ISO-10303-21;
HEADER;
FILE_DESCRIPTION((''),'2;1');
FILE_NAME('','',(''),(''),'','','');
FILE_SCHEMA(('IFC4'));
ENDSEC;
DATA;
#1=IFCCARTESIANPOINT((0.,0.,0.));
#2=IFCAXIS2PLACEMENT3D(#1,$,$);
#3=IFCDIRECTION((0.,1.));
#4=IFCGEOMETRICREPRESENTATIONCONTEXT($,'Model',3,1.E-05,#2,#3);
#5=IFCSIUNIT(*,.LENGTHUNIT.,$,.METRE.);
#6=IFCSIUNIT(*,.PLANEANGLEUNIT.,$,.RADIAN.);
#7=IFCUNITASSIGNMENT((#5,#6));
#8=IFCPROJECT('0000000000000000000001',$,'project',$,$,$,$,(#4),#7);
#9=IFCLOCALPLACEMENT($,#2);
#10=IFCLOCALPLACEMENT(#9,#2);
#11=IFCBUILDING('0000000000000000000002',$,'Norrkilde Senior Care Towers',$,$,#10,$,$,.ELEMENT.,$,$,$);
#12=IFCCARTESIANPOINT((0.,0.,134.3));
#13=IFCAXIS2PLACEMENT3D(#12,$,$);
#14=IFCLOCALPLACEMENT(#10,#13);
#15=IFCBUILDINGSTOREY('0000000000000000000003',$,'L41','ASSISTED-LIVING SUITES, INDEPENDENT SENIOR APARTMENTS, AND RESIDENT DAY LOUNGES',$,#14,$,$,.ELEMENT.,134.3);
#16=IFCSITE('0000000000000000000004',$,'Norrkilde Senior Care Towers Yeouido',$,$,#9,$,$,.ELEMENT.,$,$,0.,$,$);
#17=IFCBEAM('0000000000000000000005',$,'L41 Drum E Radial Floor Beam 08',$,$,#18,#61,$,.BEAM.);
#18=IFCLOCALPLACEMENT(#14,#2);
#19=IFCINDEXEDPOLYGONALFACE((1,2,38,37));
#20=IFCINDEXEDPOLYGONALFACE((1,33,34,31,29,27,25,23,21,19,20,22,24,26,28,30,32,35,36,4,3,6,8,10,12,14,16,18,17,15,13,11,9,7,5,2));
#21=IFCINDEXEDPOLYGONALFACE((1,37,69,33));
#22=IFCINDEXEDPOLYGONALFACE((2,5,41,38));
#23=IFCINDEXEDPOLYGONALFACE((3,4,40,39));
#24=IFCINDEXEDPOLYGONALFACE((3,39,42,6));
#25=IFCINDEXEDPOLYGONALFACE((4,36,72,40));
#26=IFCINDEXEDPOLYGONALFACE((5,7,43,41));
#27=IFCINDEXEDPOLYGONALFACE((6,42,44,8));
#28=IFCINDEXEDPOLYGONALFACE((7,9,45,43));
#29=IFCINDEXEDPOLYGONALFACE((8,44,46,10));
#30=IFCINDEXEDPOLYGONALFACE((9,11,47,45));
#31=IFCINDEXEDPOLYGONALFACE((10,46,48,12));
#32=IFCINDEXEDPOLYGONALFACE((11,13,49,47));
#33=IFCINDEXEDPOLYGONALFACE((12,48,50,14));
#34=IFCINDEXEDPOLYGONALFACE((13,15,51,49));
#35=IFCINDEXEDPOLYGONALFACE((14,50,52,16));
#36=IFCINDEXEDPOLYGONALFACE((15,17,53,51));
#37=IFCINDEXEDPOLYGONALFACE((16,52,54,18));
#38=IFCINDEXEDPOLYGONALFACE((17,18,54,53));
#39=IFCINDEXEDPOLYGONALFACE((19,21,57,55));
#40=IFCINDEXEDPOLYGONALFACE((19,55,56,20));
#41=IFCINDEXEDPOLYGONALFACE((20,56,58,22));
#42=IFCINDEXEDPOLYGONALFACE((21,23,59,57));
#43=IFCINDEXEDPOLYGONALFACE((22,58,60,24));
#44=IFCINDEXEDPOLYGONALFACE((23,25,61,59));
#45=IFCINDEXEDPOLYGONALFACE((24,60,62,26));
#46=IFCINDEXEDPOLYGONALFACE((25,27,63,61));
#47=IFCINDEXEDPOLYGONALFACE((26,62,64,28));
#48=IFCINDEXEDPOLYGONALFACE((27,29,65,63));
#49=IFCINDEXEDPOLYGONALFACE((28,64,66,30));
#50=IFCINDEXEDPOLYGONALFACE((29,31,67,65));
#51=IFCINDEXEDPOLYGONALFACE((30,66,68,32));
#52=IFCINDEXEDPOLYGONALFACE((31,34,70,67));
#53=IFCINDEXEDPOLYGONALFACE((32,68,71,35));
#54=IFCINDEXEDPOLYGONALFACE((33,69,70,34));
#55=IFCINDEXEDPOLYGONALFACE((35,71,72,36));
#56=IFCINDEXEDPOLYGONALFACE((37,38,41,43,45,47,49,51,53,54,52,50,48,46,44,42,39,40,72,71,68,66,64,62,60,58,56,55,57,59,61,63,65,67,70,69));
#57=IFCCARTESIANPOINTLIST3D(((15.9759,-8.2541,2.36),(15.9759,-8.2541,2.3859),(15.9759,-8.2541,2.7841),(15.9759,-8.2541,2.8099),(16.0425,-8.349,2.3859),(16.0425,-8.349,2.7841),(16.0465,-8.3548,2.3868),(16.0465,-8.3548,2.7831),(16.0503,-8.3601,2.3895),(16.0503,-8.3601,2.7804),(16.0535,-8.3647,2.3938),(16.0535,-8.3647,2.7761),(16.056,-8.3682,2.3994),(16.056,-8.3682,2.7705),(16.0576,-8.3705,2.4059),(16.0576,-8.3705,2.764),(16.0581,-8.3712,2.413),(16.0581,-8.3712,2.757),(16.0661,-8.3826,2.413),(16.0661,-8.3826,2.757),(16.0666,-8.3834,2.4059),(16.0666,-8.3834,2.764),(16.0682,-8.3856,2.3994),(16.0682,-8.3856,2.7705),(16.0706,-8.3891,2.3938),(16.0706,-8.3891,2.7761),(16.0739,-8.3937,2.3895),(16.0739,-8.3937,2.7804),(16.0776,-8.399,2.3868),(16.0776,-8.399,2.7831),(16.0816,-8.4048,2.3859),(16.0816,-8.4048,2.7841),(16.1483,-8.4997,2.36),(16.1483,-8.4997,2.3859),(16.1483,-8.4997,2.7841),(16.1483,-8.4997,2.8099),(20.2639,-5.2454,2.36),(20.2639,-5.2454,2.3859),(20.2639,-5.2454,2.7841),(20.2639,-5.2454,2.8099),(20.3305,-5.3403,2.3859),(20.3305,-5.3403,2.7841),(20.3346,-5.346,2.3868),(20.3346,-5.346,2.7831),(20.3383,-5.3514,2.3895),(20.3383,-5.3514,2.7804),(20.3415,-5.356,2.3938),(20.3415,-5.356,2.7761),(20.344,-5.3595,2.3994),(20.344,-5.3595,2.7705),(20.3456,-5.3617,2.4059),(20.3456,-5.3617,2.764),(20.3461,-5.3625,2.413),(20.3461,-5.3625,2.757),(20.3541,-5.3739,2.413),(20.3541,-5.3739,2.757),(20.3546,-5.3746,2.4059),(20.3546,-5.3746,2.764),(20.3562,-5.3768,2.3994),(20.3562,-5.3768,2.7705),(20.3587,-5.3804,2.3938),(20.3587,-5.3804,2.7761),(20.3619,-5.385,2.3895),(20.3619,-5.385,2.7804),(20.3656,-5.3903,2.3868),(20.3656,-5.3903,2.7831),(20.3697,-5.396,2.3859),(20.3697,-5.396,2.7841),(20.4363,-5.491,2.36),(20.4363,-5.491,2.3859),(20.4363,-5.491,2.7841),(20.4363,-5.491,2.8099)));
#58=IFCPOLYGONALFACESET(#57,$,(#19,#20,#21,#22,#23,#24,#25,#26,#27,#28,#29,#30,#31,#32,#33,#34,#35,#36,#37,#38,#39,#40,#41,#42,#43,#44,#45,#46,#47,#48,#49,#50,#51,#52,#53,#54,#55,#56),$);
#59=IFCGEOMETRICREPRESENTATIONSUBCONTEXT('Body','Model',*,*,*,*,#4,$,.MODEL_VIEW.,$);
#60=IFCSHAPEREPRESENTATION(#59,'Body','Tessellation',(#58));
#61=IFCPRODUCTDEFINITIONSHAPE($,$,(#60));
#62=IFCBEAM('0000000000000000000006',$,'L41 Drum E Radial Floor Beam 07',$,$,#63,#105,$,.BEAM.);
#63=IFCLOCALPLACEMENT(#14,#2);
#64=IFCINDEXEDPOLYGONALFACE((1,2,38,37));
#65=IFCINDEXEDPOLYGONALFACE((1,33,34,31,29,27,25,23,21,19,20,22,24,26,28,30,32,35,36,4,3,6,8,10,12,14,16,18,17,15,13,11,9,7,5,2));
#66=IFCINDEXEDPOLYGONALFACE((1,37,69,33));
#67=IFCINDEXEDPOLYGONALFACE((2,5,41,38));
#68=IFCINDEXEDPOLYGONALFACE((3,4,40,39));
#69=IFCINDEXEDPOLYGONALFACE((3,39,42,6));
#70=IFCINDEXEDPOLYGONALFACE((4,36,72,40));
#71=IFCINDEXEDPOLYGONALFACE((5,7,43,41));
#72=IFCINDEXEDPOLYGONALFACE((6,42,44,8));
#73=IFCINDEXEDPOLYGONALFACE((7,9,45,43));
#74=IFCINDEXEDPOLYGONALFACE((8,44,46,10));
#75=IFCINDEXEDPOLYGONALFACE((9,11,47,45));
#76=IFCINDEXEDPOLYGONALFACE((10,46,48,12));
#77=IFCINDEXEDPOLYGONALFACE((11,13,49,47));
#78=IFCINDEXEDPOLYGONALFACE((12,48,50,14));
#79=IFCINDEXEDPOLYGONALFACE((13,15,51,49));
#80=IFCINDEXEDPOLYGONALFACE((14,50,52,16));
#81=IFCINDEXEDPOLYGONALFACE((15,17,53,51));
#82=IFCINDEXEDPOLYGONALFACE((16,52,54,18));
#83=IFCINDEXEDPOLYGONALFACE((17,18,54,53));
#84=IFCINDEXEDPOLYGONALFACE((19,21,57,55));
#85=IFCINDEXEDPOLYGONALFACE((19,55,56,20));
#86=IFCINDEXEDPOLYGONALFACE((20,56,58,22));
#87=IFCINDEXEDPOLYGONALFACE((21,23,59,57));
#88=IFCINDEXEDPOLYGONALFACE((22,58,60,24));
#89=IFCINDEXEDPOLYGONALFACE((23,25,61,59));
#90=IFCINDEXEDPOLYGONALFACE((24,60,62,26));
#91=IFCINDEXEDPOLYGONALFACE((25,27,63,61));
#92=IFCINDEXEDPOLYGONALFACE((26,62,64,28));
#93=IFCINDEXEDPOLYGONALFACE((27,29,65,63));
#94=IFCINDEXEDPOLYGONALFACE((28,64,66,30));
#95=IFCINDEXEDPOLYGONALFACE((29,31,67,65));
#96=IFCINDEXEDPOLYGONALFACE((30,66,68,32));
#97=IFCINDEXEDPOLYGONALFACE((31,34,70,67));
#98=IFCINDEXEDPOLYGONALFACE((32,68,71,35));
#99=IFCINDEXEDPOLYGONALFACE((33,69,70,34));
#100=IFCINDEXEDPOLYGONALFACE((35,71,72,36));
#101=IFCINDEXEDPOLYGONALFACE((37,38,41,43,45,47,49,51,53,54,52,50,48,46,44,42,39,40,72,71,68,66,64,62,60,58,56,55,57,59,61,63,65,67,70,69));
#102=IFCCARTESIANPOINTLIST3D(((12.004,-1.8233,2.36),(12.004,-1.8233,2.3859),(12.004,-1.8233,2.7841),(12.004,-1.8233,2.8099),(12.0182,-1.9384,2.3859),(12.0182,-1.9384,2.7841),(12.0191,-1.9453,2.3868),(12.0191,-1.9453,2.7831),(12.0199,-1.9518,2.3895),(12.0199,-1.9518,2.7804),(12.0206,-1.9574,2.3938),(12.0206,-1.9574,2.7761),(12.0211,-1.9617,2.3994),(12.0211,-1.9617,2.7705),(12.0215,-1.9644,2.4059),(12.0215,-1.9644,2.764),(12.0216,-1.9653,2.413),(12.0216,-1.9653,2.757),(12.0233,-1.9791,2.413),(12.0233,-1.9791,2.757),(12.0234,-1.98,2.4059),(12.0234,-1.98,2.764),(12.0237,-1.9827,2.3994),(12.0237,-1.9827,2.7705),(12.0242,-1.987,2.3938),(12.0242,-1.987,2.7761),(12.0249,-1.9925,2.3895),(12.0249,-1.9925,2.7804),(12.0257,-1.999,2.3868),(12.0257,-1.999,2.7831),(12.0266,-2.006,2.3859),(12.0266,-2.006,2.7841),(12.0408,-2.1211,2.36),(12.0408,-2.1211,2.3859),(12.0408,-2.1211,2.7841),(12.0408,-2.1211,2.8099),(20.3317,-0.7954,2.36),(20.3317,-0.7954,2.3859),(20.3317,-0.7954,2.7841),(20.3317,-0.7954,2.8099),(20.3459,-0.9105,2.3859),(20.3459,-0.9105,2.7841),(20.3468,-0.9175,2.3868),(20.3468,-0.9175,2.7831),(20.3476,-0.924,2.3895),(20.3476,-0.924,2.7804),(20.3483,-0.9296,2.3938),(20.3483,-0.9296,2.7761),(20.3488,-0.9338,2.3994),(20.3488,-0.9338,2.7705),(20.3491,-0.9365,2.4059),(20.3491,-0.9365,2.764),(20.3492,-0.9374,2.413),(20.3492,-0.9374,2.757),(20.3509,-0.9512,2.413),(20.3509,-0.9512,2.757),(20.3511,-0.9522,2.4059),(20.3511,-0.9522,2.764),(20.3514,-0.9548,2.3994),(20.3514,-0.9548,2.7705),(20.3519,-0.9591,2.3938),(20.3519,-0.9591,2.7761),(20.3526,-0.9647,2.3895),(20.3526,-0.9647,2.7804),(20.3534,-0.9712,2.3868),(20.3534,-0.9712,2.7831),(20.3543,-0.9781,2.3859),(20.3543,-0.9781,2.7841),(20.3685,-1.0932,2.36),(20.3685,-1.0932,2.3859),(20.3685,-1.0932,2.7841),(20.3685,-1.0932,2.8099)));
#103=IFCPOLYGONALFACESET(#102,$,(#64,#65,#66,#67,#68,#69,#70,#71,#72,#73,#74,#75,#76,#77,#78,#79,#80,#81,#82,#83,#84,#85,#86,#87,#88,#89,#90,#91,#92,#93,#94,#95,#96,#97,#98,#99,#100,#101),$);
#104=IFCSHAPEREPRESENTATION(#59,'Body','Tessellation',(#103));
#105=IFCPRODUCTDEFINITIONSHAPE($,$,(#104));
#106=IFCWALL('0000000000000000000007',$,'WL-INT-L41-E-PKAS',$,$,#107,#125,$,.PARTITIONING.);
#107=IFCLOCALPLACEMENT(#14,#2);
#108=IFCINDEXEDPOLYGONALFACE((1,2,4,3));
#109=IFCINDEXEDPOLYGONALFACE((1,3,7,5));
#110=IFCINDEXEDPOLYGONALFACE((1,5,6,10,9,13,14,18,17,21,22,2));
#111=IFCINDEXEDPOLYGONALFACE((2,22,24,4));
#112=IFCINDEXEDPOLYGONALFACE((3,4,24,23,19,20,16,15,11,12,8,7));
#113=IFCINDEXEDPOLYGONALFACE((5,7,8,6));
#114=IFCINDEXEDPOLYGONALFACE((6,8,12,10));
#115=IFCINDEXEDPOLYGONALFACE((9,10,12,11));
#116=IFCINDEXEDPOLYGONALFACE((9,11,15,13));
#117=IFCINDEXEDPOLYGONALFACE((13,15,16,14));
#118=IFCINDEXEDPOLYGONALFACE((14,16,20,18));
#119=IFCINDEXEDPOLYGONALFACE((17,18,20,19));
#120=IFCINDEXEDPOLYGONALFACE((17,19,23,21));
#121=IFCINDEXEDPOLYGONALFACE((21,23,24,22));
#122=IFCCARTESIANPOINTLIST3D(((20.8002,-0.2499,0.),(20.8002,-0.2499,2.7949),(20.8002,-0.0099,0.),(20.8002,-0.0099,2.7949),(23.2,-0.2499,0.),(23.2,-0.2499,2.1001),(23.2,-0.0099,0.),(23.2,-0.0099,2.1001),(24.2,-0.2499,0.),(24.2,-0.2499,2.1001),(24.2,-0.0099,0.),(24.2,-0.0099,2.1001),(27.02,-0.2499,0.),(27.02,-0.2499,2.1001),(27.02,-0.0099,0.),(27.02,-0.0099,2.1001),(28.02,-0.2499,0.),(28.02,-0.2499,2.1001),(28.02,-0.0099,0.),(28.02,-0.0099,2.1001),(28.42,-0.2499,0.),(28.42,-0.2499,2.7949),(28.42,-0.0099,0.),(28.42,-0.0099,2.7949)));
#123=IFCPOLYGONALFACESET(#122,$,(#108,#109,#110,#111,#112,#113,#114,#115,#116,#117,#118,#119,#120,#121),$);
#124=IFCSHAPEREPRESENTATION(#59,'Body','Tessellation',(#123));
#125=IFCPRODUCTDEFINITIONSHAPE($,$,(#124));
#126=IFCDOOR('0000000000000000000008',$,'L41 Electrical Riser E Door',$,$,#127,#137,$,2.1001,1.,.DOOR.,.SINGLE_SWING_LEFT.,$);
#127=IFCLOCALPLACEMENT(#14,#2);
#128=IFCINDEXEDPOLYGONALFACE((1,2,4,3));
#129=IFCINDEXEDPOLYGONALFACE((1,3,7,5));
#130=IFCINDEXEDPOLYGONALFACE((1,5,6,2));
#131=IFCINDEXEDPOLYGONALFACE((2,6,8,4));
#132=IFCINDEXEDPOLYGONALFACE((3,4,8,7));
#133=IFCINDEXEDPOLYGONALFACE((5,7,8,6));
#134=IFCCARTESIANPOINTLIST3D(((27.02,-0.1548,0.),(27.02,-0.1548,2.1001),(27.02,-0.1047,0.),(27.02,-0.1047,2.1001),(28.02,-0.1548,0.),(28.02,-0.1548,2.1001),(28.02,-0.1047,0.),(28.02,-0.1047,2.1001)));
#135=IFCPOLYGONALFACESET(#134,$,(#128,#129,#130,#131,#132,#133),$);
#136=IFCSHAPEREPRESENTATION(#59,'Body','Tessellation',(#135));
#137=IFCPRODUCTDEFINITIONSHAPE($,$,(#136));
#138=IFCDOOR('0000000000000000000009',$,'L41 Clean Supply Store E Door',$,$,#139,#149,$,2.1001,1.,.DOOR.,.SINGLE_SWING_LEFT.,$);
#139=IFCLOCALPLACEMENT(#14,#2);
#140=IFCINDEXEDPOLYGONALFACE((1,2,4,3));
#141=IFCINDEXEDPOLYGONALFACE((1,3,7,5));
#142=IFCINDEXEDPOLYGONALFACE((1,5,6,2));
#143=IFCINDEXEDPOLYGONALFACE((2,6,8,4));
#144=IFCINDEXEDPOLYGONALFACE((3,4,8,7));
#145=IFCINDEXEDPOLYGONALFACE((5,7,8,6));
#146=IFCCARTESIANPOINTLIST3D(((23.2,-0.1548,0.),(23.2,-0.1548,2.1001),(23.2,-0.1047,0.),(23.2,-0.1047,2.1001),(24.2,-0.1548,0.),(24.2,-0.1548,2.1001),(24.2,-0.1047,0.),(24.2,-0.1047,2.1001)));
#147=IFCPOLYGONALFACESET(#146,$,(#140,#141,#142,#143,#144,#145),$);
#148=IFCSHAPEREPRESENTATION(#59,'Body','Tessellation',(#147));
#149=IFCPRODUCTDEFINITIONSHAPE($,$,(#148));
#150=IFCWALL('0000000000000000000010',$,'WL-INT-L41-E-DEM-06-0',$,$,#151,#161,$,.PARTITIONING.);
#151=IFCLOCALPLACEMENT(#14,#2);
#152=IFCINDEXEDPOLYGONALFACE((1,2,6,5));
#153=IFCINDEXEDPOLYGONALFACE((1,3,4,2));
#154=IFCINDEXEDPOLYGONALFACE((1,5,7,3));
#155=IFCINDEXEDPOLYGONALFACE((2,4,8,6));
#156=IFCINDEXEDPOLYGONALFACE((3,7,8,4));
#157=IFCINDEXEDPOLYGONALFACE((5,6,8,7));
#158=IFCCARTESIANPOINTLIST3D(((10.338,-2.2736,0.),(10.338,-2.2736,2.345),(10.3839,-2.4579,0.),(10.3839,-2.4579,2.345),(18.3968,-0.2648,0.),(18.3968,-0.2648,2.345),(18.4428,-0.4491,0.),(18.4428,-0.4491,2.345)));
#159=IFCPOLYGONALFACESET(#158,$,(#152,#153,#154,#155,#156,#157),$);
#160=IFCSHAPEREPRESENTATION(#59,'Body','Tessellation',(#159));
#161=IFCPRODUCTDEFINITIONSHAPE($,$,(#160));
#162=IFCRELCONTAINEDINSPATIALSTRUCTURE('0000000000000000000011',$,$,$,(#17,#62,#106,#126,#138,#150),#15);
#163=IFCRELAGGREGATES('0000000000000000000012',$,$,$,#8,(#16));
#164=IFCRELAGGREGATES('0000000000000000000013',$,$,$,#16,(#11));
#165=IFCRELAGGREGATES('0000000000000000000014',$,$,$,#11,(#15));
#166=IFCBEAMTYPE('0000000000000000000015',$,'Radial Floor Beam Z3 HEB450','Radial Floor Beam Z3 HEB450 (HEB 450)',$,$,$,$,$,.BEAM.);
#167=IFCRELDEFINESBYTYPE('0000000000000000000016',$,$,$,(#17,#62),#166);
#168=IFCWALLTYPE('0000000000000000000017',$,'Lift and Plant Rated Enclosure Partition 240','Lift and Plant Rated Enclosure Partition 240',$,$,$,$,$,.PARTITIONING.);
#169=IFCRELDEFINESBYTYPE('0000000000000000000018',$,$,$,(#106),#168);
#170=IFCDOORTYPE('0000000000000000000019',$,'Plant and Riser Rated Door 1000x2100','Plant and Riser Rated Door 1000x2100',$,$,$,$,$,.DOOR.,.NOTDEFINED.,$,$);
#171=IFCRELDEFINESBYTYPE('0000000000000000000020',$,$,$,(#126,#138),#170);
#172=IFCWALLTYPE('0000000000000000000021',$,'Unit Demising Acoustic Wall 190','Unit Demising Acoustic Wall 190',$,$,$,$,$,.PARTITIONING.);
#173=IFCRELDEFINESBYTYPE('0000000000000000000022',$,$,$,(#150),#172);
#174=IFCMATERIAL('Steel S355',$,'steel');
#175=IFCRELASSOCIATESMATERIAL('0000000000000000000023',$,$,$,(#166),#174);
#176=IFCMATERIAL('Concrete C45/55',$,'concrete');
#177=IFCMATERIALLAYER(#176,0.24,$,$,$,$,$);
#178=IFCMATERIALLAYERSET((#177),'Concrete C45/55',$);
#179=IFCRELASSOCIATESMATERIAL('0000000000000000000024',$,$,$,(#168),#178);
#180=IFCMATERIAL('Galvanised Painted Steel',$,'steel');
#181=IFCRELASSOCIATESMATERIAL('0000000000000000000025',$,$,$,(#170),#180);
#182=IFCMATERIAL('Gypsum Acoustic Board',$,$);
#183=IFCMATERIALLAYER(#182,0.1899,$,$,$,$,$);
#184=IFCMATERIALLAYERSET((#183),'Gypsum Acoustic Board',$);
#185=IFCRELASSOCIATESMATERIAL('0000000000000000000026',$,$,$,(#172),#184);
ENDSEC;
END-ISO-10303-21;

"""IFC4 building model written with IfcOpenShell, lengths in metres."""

from ifc_helpers import new_model, si_unit, direction, frame, frame_2d, origin, origin_2d, place, context, subcontext, project, spatial, rectangle, i_section, extrude, source, transform, mapped, material, layer, layer_set, material_profile, profile_set, type_object, type_shapes, element, fill, save


model = new_model("IFC4")

# Units and contexts
model_context = context("Model", 3, precision=1e-05, world=origin(), true_north=direction((0.0, 1.0)))
body_context = subcontext(model_context, "Body", "Model", "MODEL_VIEW")
ifc_project = project(units=[si_unit("LENGTHUNIT", "METRE"), si_unit("PLANEANGLEUNIT", "RADIAN")], contexts=[model_context])

# Site, building, storey
site_placement = place(None, origin())
site = spatial("IfcSite", under=ifc_project, at=site_placement, Name="Norrkilde Senior Care Towers Yeouido", CompositionType="ELEMENT", RefElevation=0.0)
building_placement = place(site_placement, origin())
building = spatial("IfcBuilding", under=site, at=building_placement, Name="Norrkilde Senior Care Towers", CompositionType="ELEMENT")
storey_placement = place(building_placement, frame((0.0, 0.0, 134.3)))
storey = spatial("IfcBuildingStorey", under=building, at=storey_placement, Name="L41", Description="ASSISTED-LIVING SUITES, INDEPENDENT SENIOR APARTMENTS, AND RESIDENT DAY LOUNGES", CompositionType="ELEMENT", Elevation=134.3)

# Beams
ifc_material_1 = material(Name="Steel S355", Category="steel")
ifc_material_profile = material_profile(ifc_material_1, i_section(OverallWidth=0.3, OverallDepth=0.45, WebThickness=0.0139, FlangeThickness=0.0259, FilletRadius=0.0271, at=origin_2d()), Name="HEB 450")
ifc_profile_set = profile_set([ifc_material_profile], Name="Steel S355")
beam_type = type_object("IfcBeamType", Name="Radial Floor Beam Z3 HEB450", Description="Radial Floor Beam Z3 HEB450 (HEB 450)", PredefinedType="BEAM", material=ifc_profile_set)
shared_shape_1 = source(origin(), body_context, "Body", "SweptSolid", [
    extrude(i_section(OverallWidth=0.3, OverallDepth=0.45, WebThickness=0.0139, FlangeThickness=0.0259, FilletRadius=0.0271, at=origin_2d()), origin(), (0.0, 0.0, 1.0), 5.2383),
])
beam_1_placement = place(storey_placement, frame((20.3501, -5.3682, 2.585), z_axis=(-0.818592, -0.574375, 0.0), x_axis=(0.574375, -0.818592, 0.0)))
element("IfcBeam", 1, at=beam_1_placement, inside=storey, type_object=beam_type, Name="L41 Drum E Radial Floor Beam 08", PredefinedType="BEAM", context=body_context, shape_type="MappedRepresentation", body=[
    mapped(shared_shape_1, transform((0.0, 0.0, 0.0), x_axis=(1.0, 0.0, 0.0), y_axis=(0.0, 1.0, 0.0), z_axis=(0.0, 0.0, 1.0), scale=1.0)),
])
shared_shape_2 = source(origin(), body_context, "Body", "SweptSolid", [
    extrude(i_section(OverallWidth=0.3, OverallDepth=0.45, WebThickness=0.0139, FlangeThickness=0.0259, FilletRadius=0.0271, at=origin_2d()), origin(), (0.0, 0.0, 1.0), 8.3909),
])
type_shapes(beam_type, [shared_shape_1, shared_shape_2])
beam_2_placement = place(storey_placement, frame((20.3501, -0.9443, 2.585), z_axis=(-0.992469, -0.122495, 0.0), x_axis=(0.122495, -0.992469, 0.0)))
element("IfcBeam", 2, at=beam_2_placement, inside=storey, type_object=beam_type, Name="L41 Drum E Radial Floor Beam 07", PredefinedType="BEAM", context=body_context, shape_type="MappedRepresentation", body=[
    mapped(shared_shape_2, transform((0.0, 0.0, 0.0), x_axis=(1.0, 0.0, 0.0), y_axis=(0.0, 1.0, 0.0), z_axis=(0.0, 0.0, 1.0), scale=1.0)),
])

# Shared definitions
ifc_material_2 = material(Name="Galvanised Painted Steel", Category="steel")
ifc_material_3 = material(Name="Concrete C45/55", Category="concrete")

# Wall, openings, doors
ifc_layer_1 = layer(ifc_material_3, 0.24)
ifc_layer_set_1 = layer_set([ifc_layer_1], Name="Concrete C45/55")
wall_type_1 = type_object("IfcWallType", Name="Lift and Plant Rated Enclosure Partition 240", Description="Lift and Plant Rated Enclosure Partition 240", PredefinedType="PARTITIONING", material=ifc_layer_set_1)
shared_shape_3 = source(origin(), body_context, "Body", "SweptSolid", [
    extrude(rectangle(XDim=7.6199, YDim=0.24, at=frame_2d((3.8101, 0.0))), origin(), (0.0, 0.0, 1.0), 2.7949),
])
type_shapes(wall_type_1, [shared_shape_3])
wall_1_placement = place(storey_placement, frame((20.8, -0.1299, 0.0), z_axis=(0.0, 0.0, 1.0), x_axis=(1.0, 0.0, 0.0)))
wall_1 = element("IfcWall", 3, at=wall_1_placement, inside=storey, type_object=wall_type_1, Name="WL-INT-L41-E-PKAS", PredefinedType="PARTITIONING", context=body_context, shape_type="MappedRepresentation", body=[
    mapped(shared_shape_3, transform((0.0, 0.0, 0.0), x_axis=(1.0, 0.0, 0.0), y_axis=(0.0, 1.0, 0.0), z_axis=(0.0, 0.0, 1.0), scale=1.0)),
])
opening_1_placement = place(wall_1_placement, frame((6.22, 0.0, 0.0)))
opening_1 = element("IfcOpeningElement", 4, at=opening_1_placement, cuts=wall_1, PredefinedType="OPENING", context=body_context, shape_type="SweptSolid", body=[
    extrude(rectangle(XDim=1.0, YDim=2.1001, at=frame_2d((0.5, 1.05))), frame((0.0, 0.1299, 0.0), z_axis=(0.0, -1.0, 0.0), x_axis=(1.0, 0.0, 0.0)), (0.0, 0.0, 1.0), 0.26),
])
opening_2_placement = place(wall_1_placement, frame((2.3999, 0.0, 0.0)))
opening_2 = element("IfcOpeningElement", 5, at=opening_2_placement, cuts=wall_1, PredefinedType="OPENING", context=body_context, shape_type="SweptSolid", body=[
    extrude(rectangle(XDim=1.0, YDim=2.1001, at=frame_2d((0.5, 1.05))), frame((0.0, 0.1299, 0.0), z_axis=(0.0, -1.0, 0.0), x_axis=(1.0, 0.0, 0.0)), (0.0, 0.0, 1.0), 0.26),
])
door_type_1 = type_object("IfcDoorType", Name="Plant and Riser Rated Door 1000x2100", Description="Plant and Riser Rated Door 1000x2100", OperationType="NOTDEFINED", PredefinedType="DOOR", material=ifc_material_2)
shared_shape_4 = source(origin(), body_context, "Body", "SweptSolid", [
    extrude(rectangle(XDim=1.0, YDim=2.1001, at=frame_2d((0.5, 1.05))), frame((0.0, 0.0249, 0.0), z_axis=(0.0, -1.0, 0.0), x_axis=(1.0, 0.0, 0.0)), (0.0, 0.0, 1.0), 0.05),
])
type_shapes(door_type_1, [shared_shape_4])
door_1_placement = place(opening_1_placement, frame((1.0, 0.0, 0.0), z_axis=(0.0, 0.0, 1.0), x_axis=(-1.0, 0.0, 0.0)))
door_1 = element("IfcDoor", 6, at=door_1_placement, inside=storey, type_object=door_type_1, Name="L41 Electrical Riser E Door", OperationType="SINGLE_SWING_LEFT", OverallHeight=2.1001, OverallWidth=1.0, PredefinedType="DOOR", context=body_context, shape_type="MappedRepresentation", body=[
    mapped(shared_shape_4, transform((0.0, 0.0, 0.0), x_axis=(1.0, 0.0, 0.0), y_axis=(0.0, 1.0, 0.0), z_axis=(0.0, 0.0, 1.0), scale=1.0)),
])
fill(opening_1, door_1)
door_2_placement = place(opening_2_placement, frame((1.0, 0.0, 0.0), z_axis=(0.0, 0.0, 1.0), x_axis=(-1.0, 0.0, 0.0)))
door_2 = element("IfcDoor", 7, at=door_2_placement, inside=storey, type_object=door_type_1, Name="L41 Clean Supply Store E Door", OperationType="SINGLE_SWING_LEFT", OverallHeight=2.1001, OverallWidth=1.0, PredefinedType="DOOR", context=body_context, shape_type="MappedRepresentation", body=[
    mapped(shared_shape_4, transform((0.0, 0.0, 0.0), x_axis=(1.0, 0.0, 0.0), y_axis=(0.0, 1.0, 0.0), z_axis=(0.0, 0.0, 1.0), scale=1.0)),
])
fill(opening_2, door_2)

# Wall
ifc_material_4 = material(Name="Gypsum Acoustic Board")
ifc_layer_2 = layer(ifc_material_4, 0.1899)
ifc_layer_set_2 = layer_set([ifc_layer_2], Name="Gypsum Acoustic Board")
wall_type_2 = type_object("IfcWallType", Name="Unit Demising Acoustic Wall 190", Description="Unit Demising Acoustic Wall 190", PredefinedType="PARTITIONING", material=ifc_layer_set_2)
shared_shape_5 = source(origin(), body_context, "Body", "SweptSolid", [
    extrude(rectangle(XDim=8.3054, YDim=0.1899, at=frame_2d((4.1528, 0.0))), origin(), (0.0, 0.0, 1.0), 2.345),
])
type_shapes(wall_type_2, [shared_shape_5])
wall_2_placement = place(storey_placement, frame((18.4199, -0.3569, 0.0), z_axis=(0.0, 0.0, 1.0), x_axis=(-0.97031, -0.241865, 0.0)))
element("IfcWall", 8, at=wall_2_placement, inside=storey, type_object=wall_type_2, Name="WL-INT-L41-E-DEM-06-0", PredefinedType="PARTITIONING", context=body_context, shape_type="MappedRepresentation", body=[
    mapped(shared_shape_5, transform((0.0, 0.0, 0.0), x_axis=(1.0, 0.0, 0.0), y_axis=(0.0, 1.0, 0.0), z_axis=(0.0, 0.0, 1.0), scale=1.0)),
])

save(model, "model.ifc")
